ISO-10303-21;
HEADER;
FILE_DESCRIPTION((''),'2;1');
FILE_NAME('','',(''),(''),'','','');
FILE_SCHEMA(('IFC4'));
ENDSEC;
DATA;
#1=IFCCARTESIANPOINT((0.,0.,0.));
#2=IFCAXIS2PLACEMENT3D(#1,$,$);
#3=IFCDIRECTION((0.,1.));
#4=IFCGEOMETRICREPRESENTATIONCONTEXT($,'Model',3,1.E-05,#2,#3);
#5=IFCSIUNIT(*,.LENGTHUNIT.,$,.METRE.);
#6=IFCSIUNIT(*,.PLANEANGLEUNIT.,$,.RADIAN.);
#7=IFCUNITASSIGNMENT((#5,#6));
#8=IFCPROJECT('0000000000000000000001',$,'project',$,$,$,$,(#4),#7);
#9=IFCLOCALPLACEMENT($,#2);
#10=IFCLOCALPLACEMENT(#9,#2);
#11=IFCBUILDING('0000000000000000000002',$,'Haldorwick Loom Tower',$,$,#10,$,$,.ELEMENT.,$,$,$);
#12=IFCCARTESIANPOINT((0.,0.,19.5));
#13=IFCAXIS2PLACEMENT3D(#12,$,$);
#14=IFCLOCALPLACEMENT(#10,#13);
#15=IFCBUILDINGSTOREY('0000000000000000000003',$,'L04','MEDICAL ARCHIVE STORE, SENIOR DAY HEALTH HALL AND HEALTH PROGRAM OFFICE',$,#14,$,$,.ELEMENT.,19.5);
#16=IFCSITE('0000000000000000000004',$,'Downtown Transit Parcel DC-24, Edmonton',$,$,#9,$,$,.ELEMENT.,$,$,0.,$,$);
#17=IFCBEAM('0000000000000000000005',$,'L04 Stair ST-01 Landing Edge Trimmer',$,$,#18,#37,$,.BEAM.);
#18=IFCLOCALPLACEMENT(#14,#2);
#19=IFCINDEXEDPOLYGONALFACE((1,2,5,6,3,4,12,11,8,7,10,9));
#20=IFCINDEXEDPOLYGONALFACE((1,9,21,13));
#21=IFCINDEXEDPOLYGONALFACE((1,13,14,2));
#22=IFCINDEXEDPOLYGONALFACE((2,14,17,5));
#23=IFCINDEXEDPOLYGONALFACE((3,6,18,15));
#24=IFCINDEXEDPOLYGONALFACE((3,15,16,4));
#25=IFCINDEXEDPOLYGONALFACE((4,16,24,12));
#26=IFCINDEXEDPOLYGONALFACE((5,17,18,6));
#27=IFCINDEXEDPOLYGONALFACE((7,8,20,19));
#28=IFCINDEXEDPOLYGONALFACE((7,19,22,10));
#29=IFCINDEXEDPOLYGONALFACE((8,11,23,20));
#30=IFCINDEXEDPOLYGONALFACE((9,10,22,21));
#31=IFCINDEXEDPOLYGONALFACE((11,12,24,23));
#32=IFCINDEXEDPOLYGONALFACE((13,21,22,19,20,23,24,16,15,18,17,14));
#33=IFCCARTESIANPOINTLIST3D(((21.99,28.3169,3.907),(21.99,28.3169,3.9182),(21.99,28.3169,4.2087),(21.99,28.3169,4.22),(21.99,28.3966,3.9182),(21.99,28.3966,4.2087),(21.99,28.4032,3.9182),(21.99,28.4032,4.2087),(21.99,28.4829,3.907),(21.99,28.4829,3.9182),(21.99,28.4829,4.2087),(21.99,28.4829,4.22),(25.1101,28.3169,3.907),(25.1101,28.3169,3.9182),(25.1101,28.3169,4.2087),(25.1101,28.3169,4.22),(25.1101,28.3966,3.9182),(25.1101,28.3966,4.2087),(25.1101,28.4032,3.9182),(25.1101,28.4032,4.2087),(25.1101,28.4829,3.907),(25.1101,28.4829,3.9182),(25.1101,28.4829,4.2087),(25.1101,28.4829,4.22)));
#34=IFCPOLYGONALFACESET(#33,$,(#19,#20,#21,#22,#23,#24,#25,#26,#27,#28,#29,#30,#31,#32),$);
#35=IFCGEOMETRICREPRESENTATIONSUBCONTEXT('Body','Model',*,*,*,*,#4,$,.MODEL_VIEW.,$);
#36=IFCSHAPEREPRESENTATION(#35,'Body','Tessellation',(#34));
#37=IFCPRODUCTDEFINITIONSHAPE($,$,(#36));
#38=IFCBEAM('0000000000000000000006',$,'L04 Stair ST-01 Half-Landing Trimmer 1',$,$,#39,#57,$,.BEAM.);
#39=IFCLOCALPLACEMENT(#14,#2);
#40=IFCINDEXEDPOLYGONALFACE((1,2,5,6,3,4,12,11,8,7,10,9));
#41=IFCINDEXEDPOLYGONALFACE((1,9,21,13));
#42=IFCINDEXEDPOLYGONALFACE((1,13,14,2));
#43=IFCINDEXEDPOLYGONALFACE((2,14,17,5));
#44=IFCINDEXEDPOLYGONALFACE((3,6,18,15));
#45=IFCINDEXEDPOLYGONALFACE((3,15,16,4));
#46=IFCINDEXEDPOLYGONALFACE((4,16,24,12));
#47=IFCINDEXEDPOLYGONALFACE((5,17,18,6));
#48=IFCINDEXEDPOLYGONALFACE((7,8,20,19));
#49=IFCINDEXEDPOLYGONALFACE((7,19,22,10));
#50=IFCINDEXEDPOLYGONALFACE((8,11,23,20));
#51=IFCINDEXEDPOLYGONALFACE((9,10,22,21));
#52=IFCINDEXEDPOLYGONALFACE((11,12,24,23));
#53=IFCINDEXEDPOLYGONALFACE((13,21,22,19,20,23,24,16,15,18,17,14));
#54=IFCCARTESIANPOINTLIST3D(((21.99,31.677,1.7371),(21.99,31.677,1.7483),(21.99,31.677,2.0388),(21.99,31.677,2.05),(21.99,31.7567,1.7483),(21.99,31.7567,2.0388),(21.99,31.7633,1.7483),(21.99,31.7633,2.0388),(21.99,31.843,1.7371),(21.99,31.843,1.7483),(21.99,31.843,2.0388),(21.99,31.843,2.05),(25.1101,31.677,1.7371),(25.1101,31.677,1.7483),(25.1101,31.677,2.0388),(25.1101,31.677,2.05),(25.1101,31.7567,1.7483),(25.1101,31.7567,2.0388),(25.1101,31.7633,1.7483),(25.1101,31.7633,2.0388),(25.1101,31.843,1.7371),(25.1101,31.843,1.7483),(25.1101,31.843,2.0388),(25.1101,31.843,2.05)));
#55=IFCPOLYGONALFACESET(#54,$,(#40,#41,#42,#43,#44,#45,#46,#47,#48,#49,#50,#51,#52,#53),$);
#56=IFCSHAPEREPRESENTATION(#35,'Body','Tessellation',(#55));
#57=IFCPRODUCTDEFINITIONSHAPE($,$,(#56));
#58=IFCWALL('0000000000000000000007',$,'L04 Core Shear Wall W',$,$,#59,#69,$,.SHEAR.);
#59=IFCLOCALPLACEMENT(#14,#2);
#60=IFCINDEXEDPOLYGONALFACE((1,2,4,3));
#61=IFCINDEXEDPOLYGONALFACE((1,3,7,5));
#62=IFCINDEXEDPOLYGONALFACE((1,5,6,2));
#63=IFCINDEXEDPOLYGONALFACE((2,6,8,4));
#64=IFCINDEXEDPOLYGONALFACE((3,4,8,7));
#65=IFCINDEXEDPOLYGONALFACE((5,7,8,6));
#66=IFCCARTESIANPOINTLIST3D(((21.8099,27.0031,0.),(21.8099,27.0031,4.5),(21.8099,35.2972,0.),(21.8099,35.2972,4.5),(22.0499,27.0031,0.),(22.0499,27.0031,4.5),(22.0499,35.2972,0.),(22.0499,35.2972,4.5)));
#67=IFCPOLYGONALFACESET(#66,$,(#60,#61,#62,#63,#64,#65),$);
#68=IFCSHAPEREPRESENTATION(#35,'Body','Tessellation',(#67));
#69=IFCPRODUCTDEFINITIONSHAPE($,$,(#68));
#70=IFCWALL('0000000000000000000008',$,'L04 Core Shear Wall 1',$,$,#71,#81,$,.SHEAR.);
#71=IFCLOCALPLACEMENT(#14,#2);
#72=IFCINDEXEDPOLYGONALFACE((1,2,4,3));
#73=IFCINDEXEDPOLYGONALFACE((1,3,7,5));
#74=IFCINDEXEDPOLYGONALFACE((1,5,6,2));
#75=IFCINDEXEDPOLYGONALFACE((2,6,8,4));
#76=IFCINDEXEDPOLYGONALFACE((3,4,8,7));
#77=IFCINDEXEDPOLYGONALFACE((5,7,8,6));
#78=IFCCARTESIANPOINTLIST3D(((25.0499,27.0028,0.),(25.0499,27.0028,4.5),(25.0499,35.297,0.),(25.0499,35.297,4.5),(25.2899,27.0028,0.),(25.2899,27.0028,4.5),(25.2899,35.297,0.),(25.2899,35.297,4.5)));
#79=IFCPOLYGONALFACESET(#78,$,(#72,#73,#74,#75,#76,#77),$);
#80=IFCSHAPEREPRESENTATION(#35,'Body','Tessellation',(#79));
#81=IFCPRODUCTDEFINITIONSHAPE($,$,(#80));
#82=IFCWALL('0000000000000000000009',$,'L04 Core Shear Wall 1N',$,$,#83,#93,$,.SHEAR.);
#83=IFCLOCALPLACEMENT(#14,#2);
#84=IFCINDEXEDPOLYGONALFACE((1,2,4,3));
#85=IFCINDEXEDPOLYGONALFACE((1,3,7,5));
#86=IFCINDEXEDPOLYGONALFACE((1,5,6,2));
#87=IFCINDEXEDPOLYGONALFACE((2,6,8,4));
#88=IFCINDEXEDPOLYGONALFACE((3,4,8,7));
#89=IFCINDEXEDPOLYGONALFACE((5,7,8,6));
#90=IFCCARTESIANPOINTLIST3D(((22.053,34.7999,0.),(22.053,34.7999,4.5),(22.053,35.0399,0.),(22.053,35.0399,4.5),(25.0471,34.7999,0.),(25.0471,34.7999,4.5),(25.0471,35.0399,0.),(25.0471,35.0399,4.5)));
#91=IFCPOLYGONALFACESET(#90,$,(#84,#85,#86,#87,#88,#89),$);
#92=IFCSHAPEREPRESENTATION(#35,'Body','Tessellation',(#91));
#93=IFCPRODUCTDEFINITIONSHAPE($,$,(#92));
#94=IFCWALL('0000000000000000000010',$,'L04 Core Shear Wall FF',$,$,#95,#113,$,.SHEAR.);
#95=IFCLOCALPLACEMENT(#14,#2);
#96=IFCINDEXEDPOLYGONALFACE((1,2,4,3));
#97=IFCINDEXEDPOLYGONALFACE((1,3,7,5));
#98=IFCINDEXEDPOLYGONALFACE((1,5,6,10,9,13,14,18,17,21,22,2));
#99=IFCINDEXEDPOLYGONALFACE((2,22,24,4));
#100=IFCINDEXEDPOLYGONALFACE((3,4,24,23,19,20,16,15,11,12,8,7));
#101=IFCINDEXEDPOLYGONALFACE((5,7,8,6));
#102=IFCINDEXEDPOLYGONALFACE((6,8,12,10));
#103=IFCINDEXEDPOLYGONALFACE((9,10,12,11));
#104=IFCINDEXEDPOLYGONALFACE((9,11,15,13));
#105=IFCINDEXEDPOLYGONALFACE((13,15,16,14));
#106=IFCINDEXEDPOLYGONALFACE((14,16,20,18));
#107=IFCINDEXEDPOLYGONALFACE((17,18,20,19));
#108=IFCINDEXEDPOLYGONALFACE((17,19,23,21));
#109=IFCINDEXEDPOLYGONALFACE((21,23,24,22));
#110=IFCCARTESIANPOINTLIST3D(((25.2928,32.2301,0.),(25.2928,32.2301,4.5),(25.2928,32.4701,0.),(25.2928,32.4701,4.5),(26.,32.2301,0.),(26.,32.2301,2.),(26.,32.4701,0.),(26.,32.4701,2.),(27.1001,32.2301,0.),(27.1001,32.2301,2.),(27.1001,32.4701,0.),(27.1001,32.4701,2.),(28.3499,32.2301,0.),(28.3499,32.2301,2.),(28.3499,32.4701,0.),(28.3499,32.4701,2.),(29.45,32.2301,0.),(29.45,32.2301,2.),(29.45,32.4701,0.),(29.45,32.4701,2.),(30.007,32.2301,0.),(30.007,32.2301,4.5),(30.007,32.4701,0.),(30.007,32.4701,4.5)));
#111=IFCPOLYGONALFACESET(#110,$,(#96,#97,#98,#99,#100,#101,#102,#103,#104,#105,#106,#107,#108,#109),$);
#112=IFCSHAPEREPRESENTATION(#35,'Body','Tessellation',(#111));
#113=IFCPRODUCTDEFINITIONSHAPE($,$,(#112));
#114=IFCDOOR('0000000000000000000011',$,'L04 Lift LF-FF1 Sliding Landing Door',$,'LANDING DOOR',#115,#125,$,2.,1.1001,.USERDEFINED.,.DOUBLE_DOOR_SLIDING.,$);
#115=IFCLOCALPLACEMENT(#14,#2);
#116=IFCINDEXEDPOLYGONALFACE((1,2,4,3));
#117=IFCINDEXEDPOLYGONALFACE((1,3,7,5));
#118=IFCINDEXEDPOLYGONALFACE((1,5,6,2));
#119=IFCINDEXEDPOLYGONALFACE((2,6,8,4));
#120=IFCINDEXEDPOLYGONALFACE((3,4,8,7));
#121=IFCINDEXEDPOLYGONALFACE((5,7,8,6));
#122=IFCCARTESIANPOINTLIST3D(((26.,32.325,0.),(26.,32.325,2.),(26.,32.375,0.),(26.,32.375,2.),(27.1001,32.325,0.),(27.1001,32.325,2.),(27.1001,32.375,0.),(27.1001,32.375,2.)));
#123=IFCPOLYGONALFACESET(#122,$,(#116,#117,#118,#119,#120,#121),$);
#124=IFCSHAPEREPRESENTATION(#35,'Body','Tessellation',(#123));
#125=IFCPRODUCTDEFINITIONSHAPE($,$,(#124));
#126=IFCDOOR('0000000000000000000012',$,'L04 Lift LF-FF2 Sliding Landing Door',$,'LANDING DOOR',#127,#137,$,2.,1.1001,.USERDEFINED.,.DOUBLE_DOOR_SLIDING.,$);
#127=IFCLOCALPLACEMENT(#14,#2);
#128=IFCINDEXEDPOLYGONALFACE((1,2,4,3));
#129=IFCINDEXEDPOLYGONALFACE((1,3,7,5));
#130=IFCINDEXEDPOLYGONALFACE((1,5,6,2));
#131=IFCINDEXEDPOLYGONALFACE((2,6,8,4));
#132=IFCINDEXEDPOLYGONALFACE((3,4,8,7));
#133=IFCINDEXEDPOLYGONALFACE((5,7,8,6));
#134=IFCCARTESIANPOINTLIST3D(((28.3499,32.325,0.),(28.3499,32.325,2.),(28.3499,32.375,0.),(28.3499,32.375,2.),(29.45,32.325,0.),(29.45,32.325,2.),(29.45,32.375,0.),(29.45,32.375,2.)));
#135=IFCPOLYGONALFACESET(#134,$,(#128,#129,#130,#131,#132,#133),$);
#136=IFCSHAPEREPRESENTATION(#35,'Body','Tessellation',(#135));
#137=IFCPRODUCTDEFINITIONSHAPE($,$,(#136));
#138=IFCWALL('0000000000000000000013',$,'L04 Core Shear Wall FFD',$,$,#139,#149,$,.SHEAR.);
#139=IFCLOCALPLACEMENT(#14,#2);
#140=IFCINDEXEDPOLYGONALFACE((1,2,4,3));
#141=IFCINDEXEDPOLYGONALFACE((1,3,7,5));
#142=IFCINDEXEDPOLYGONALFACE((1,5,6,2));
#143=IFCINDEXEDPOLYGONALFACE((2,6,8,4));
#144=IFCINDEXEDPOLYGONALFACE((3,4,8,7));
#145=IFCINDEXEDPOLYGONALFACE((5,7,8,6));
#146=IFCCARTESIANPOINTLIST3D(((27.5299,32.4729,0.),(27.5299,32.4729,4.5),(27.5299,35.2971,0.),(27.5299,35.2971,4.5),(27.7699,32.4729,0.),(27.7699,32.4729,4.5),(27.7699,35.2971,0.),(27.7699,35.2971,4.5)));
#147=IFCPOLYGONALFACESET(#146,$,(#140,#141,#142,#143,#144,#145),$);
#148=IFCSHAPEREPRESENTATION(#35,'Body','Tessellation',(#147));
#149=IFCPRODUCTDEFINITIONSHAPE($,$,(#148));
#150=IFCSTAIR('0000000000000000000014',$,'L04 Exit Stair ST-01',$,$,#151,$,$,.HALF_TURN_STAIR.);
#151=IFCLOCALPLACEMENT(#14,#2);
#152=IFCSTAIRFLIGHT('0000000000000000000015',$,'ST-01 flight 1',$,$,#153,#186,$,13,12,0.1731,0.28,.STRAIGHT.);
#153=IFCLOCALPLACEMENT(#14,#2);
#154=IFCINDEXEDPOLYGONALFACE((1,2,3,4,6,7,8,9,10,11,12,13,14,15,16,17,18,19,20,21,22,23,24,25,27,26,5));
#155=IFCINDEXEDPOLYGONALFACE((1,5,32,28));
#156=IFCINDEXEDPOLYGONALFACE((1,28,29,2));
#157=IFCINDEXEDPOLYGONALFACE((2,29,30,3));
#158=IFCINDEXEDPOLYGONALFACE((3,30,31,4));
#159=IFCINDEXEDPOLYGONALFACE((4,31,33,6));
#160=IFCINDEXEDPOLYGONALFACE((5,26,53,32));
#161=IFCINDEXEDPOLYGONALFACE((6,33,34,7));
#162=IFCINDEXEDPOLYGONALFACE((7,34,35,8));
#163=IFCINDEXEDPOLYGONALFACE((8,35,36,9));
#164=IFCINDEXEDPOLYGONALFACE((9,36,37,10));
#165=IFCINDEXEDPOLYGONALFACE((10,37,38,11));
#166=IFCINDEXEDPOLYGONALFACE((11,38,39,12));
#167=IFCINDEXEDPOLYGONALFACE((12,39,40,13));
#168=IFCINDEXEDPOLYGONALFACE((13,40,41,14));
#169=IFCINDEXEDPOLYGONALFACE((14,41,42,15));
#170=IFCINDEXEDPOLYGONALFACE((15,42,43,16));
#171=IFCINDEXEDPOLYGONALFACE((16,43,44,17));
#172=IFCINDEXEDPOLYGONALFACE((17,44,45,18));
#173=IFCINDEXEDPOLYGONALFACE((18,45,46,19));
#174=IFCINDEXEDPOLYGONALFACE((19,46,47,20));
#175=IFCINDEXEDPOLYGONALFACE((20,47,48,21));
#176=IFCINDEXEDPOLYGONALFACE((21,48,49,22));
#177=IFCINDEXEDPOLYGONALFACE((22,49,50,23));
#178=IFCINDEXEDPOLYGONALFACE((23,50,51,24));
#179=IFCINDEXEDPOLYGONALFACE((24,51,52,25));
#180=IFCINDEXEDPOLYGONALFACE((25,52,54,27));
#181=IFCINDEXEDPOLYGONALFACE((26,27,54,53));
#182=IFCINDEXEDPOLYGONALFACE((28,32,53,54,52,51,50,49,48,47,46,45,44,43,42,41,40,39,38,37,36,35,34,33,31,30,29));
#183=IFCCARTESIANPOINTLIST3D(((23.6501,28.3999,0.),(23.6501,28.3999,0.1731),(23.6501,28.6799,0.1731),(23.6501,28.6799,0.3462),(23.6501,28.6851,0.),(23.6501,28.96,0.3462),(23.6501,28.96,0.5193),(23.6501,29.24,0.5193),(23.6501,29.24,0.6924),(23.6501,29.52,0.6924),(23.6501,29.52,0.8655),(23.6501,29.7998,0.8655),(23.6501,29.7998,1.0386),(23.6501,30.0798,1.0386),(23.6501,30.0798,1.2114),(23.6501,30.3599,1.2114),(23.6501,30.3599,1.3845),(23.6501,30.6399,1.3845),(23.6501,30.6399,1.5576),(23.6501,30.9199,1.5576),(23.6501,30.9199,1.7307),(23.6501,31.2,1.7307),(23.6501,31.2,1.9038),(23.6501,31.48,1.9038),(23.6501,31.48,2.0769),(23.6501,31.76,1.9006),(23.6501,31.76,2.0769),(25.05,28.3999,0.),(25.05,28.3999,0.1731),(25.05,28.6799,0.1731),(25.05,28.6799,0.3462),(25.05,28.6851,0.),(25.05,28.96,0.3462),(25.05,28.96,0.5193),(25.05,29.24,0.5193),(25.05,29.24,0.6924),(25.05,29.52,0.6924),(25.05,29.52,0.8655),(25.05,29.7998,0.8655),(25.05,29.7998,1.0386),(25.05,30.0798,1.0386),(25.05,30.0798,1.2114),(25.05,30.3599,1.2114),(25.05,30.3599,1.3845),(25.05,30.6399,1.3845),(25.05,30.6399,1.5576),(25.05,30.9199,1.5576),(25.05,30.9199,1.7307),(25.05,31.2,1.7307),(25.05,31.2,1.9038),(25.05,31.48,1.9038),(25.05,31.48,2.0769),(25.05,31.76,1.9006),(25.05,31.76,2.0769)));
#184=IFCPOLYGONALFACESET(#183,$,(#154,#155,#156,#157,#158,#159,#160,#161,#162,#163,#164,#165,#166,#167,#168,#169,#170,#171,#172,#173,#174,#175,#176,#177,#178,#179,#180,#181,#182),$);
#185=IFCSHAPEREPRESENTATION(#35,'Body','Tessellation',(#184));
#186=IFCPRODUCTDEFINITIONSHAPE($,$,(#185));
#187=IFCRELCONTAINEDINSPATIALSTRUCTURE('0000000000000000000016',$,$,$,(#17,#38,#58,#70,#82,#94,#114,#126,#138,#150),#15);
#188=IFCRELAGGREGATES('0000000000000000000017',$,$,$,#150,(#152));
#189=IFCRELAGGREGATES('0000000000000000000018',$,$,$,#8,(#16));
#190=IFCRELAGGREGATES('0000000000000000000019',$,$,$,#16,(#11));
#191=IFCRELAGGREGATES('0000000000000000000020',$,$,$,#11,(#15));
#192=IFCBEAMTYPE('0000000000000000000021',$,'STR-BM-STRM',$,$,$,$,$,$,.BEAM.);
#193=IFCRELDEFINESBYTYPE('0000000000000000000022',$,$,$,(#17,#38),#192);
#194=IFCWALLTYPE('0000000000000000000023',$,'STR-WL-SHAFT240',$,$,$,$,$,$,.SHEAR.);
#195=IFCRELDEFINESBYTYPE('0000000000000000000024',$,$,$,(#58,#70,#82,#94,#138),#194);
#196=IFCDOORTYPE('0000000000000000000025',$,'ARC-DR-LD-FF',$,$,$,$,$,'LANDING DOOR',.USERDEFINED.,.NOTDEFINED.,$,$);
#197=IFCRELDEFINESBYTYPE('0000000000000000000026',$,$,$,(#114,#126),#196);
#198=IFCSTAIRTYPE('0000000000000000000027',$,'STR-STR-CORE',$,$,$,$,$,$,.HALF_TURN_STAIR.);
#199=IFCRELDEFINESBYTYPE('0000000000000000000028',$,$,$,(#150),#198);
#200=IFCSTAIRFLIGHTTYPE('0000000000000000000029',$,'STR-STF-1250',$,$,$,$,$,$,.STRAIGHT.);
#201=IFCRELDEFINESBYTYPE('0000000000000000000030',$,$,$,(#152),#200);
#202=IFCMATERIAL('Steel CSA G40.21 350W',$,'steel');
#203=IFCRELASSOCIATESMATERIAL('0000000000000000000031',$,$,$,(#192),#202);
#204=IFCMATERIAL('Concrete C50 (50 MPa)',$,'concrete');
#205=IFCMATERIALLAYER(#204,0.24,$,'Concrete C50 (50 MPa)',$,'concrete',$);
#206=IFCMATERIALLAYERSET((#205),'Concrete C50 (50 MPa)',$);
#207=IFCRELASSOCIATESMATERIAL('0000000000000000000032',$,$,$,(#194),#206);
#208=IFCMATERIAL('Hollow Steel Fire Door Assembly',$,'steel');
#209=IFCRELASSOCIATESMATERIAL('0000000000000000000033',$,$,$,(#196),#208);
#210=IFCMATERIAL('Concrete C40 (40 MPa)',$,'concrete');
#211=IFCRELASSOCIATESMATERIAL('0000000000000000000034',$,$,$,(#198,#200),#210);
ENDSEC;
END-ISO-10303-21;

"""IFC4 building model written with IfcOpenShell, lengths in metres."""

from ifc_helpers import new_model, si_unit, direction, frame, frame_2d, origin, origin_2d, place, context, subcontext, project, spatial, polyline, rectangle, i_section, outline, extrude, material, layer, layer_set, material_profile, profile_set, type_object, element, fill, aggregate, save


model = new_model("IFC4")

# Units and contexts
model_context = context("Model", 3, precision=1e-05, world=origin(), true_north=direction((0.0, 1.0)))
body_context = subcontext(model_context, "Body", "Model", "MODEL_VIEW")
ifc_project = project(units=[si_unit("LENGTHUNIT", "METRE"), si_unit("PLANEANGLEUNIT", "RADIAN")], contexts=[model_context])

# Site, building, storey
site_placement = place(None, origin())
site = spatial("IfcSite", under=ifc_project, at=site_placement, Name="Downtown Transit Parcel DC-24, Edmonton", CompositionType="ELEMENT", RefElevation=0.0)
building_placement = place(site_placement, origin())
building = spatial("IfcBuilding", under=site, at=building_placement, Name="Haldorwick Loom Tower", CompositionType="ELEMENT")
storey_placement = place(building_placement, frame((0.0, 0.0, 19.5)))
storey = spatial("IfcBuildingStorey", under=building, at=storey_placement, Name="L04", Description="MEDICAL ARCHIVE STORE, SENIOR DAY HEALTH HALL AND HEALTH PROGRAM OFFICE", CompositionType="ELEMENT", Elevation=19.5)

# Beams
ifc_material_1 = material(Name="Steel CSA G40.21 350W", Category="steel")
ifc_material_profile_1 = material_profile(ifc_material_1, i_section(OverallWidth=0.166, OverallDepth=0.313, WebThickness=0.0066, FlangeThickness=0.0112, at=origin_2d()), Name="W310X45", Category="steel")
ifc_profile_set_1 = profile_set([ifc_material_profile_1], Name="Steel CSA G40.21 350W")
beam_type_1 = type_object("IfcBeamType", Name="STR-BM-STRM", PredefinedType="BEAM", material=ifc_profile_set_1)
for number, where, z_axis, x_axis, name in (
    (1, (21.99, 28.3999, 4.0635), (1.0, 0.0, 0.0), (0.0, 1.0, 0.0), "L04 Stair ST-01 Landing Edge Trimmer"),
    (2, (21.99, 31.76, 1.8936), (1.0, 0.0, 0.0), (0.0, 1.0, 0.0), "L04 Stair ST-01 Half-Landing Trimmer 1"),
):
    element("IfcBeam", number, at=place(storey_placement, frame(where, z_axis=z_axis, x_axis=x_axis)), inside=storey, type_object=beam_type_1, Name=name, PredefinedType="BEAM", context=body_context, shape_type="SweptSolid", body=[
        extrude(i_section(OverallWidth=0.166, OverallDepth=0.313, WebThickness=0.0066, FlangeThickness=0.0112, at=origin_2d()), origin(), (0.0, 0.0, 1.0), 3.1201),
    ])

# Walls
ifc_material_2 = material(Name="Concrete C50 (50 MPa)", Category="concrete")
ifc_layer = layer(ifc_material_2, 0.24, Name="Concrete C50 (50 MPa)", Category="concrete")
ifc_layer_set = layer_set([ifc_layer], Name="Concrete C50 (50 MPa)")
wall_type = type_object("IfcWallType", Name="STR-WL-SHAFT240", PredefinedType="SHEAR", material=ifc_layer_set)
for number, where, z_axis, x_axis, name in (
    (3, (21.9299, 35.2971, 0.0), (0.0, 0.0, 1.0), (0.0, -1.0, 0.0), "L04 Core Shear Wall W"),
    (4, (25.1699, 27.0029, 0.0), (0.0, 0.0, 1.0), (0.0, 1.0, 0.0), "L04 Core Shear Wall 1"),
):
    element("IfcWall", number, at=place(storey_placement, frame(where, z_axis=z_axis, x_axis=x_axis)), inside=storey, type_object=wall_type, Name=name, PredefinedType="SHEAR", context=body_context, shape_type="SweptSolid", body=[
        extrude(rectangle(XDim=8.2942, YDim=0.24, at=frame_2d((4.147, 0.0))), origin(), (0.0, 0.0, 1.0), 4.5),
    ])
wall_1_placement = place(storey_placement, frame((22.053, 34.9199, 0.0), z_axis=(0.0, 0.0, 1.0), x_axis=(1.0, 0.0, 0.0)))
element("IfcWall", 5, at=wall_1_placement, inside=storey, type_object=wall_type, Name="L04 Core Shear Wall 1N", PredefinedType="SHEAR", context=body_context, shape_type="SweptSolid", body=[
    extrude(rectangle(XDim=2.9941, YDim=0.24, at=frame_2d((1.4971, 0.0))), origin(), (0.0, 0.0, 1.0), 4.5),
])

# Wall, openings, doors
wall_2_placement = place(storey_placement, frame((25.293, 32.3501, 0.0), z_axis=(0.0, 0.0, 1.0), x_axis=(1.0, 0.0, 0.0)))
wall_2 = element("IfcWall", 6, at=wall_2_placement, inside=storey, type_object=wall_type, Name="L04 Core Shear Wall FF", PredefinedType="SHEAR", context=body_context, shape_type="SweptSolid", body=[
    extrude(rectangle(XDim=4.7141, YDim=0.24, at=frame_2d((2.3569, 0.0))), origin(), (0.0, 0.0, 1.0), 4.5),
])
opening_1_placement = place(wall_2_placement, frame((0.707, 0.0, 0.0)))
opening_1 = element("IfcOpeningElement", 7, at=opening_1_placement, cuts=wall_2, PredefinedType="OPENING", context=body_context, shape_type="SweptSolid", body=[
    extrude(rectangle(XDim=1.1001, YDim=2.0, at=frame_2d((0.55, 1.0))), frame((0.0, 0.1299, 0.0), z_axis=(0.0, -1.0, 0.0), x_axis=(1.0, 0.0, 0.0)), (0.0, 0.0, 1.0), 0.26),
])
opening_2_placement = place(wall_2_placement, frame((3.0569, 0.0, 0.0)))
opening_2 = element("IfcOpeningElement", 8, at=opening_2_placement, cuts=wall_2, PredefinedType="OPENING", context=body_context, shape_type="SweptSolid", body=[
    extrude(rectangle(XDim=1.1001, YDim=2.0, at=frame_2d((0.55, 1.0))), frame((0.0, 0.1299, 0.0), z_axis=(0.0, -1.0, 0.0), x_axis=(1.0, 0.0, 0.0)), (0.0, 0.0, 1.0), 0.26),
])
ifc_material_3 = material(Name="Hollow Steel Fire Door Assembly", Category="steel")
door_type = type_object("IfcDoorType", Name="ARC-DR-LD-FF", ElementType="LANDING DOOR", OperationType="NOTDEFINED", PredefinedType="USERDEFINED", material=ifc_material_3)
door_1_placement = place(opening_1_placement, origin())
door_1 = element("IfcDoor", 9, at=door_1_placement, inside=storey, type_object=door_type, Name="L04 Lift LF-FF1 Sliding Landing Door", ObjectType="LANDING DOOR", OperationType="DOUBLE_DOOR_SLIDING", OverallHeight=2.0, OverallWidth=1.1001, PredefinedType="USERDEFINED", context=body_context, shape_type="SweptSolid", body=[
    extrude(rectangle(XDim=1.1001, YDim=2.0, at=frame_2d((0.55, 1.0))), frame((0.0, 0.0249, 0.0), z_axis=(0.0, -1.0, 0.0), x_axis=(1.0, 0.0, 0.0)), (0.0, 0.0, 1.0), 0.05),
])
fill(opening_1, door_1)
door_2_placement = place(opening_2_placement, origin())
door_2 = element("IfcDoor", 10, at=door_2_placement, inside=storey, type_object=door_type, Name="L04 Lift LF-FF2 Sliding Landing Door", ObjectType="LANDING DOOR", OperationType="DOUBLE_DOOR_SLIDING", OverallHeight=2.0, OverallWidth=1.1001, PredefinedType="USERDEFINED", context=body_context, shape_type="SweptSolid", body=[
    extrude(rectangle(XDim=1.1001, YDim=2.0, at=frame_2d((0.55, 1.0))), frame((0.0, 0.0249, 0.0), z_axis=(0.0, -1.0, 0.0), x_axis=(1.0, 0.0, 0.0)), (0.0, 0.0, 1.0), 0.05),
])
fill(opening_2, door_2)

# Wall
wall_3_placement = place(storey_placement, frame((27.6499, 32.4729, 0.0), z_axis=(0.0, 0.0, 1.0), x_axis=(0.0, 1.0, 0.0)))
element("IfcWall", 11, at=wall_3_placement, inside=storey, type_object=wall_type, Name="L04 Core Shear Wall FFD", PredefinedType="SHEAR", context=body_context, shape_type="SweptSolid", body=[
    extrude(rectangle(XDim=2.8242, YDim=0.24, at=frame_2d((1.4121, 0.0))), origin(), (0.0, 0.0, 1.0), 4.5),
])

# Stair, stair flight
ifc_material_4 = material(Name="Concrete C40 (40 MPa)", Category="concrete")
stair_type = type_object("IfcStairType", Name="STR-STR-CORE", PredefinedType="HALF_TURN_STAIR", material=ifc_material_4)
stair_placement = place(storey_placement, origin())
stair = element("IfcStair", 12, at=stair_placement, inside=storey, type_object=stair_type, Name="L04 Exit Stair ST-01", PredefinedType="HALF_TURN_STAIR")
stair_flight_type = type_object("IfcStairFlightType", Name="STR-STF-1250", PredefinedType="STRAIGHT", material=ifc_material_4)
stair_flight_1_placement = place(storey_placement, frame((24.3501, 28.3999, 0.0), z_axis=(0.0, 0.0, 1.0), x_axis=(0.0, 1.0, 0.0)))
stair_flight_1 = element("IfcStairFlight", 13, at=stair_flight_1_placement, type_object=stair_flight_type, Name="ST-01 flight 1", NumberOfRisers=13, NumberOfTreads=12, PredefinedType="STRAIGHT", RiserHeight=0.1731, TreadLength=0.28, context=body_context, shape_type="SweptSolid", body=[
    extrude(outline(polyline([(0.0, 0.0), (0.0, 0.1731), (0.28, 0.1731), (0.28, 0.3462), (0.5601, 0.3462), (0.5601, 0.5193), (0.8401, 0.5193), (0.8401, 0.6924), (1.1201, 0.6924), (1.1201, 0.8655), (1.3999, 0.8655), (1.3999, 1.0386), (1.6799, 1.0386), (1.6799, 1.2114), (1.96, 1.2114), (1.96, 1.3845), (2.24, 1.3845), (2.24, 1.5576), (2.52, 1.5576), (2.52, 1.7307), (2.8, 1.7307), (2.8, 1.9038), (3.0801, 1.9038), (3.0801, 2.0769), (3.3601, 2.0769), (3.3601, 2.25), (3.3601, 1.9006), (0.2852, 0.0), (0.0, 0.0)])), frame((0.0, 0.7, 0.0), z_axis=(0.0, -1.0, 0.0), x_axis=(1.0, 0.0, 0.0)), (0.0, 0.0, 1.0), 1.3999),
])
aggregate(stair, [stair_flight_1])

save(model, "model.ifc")
